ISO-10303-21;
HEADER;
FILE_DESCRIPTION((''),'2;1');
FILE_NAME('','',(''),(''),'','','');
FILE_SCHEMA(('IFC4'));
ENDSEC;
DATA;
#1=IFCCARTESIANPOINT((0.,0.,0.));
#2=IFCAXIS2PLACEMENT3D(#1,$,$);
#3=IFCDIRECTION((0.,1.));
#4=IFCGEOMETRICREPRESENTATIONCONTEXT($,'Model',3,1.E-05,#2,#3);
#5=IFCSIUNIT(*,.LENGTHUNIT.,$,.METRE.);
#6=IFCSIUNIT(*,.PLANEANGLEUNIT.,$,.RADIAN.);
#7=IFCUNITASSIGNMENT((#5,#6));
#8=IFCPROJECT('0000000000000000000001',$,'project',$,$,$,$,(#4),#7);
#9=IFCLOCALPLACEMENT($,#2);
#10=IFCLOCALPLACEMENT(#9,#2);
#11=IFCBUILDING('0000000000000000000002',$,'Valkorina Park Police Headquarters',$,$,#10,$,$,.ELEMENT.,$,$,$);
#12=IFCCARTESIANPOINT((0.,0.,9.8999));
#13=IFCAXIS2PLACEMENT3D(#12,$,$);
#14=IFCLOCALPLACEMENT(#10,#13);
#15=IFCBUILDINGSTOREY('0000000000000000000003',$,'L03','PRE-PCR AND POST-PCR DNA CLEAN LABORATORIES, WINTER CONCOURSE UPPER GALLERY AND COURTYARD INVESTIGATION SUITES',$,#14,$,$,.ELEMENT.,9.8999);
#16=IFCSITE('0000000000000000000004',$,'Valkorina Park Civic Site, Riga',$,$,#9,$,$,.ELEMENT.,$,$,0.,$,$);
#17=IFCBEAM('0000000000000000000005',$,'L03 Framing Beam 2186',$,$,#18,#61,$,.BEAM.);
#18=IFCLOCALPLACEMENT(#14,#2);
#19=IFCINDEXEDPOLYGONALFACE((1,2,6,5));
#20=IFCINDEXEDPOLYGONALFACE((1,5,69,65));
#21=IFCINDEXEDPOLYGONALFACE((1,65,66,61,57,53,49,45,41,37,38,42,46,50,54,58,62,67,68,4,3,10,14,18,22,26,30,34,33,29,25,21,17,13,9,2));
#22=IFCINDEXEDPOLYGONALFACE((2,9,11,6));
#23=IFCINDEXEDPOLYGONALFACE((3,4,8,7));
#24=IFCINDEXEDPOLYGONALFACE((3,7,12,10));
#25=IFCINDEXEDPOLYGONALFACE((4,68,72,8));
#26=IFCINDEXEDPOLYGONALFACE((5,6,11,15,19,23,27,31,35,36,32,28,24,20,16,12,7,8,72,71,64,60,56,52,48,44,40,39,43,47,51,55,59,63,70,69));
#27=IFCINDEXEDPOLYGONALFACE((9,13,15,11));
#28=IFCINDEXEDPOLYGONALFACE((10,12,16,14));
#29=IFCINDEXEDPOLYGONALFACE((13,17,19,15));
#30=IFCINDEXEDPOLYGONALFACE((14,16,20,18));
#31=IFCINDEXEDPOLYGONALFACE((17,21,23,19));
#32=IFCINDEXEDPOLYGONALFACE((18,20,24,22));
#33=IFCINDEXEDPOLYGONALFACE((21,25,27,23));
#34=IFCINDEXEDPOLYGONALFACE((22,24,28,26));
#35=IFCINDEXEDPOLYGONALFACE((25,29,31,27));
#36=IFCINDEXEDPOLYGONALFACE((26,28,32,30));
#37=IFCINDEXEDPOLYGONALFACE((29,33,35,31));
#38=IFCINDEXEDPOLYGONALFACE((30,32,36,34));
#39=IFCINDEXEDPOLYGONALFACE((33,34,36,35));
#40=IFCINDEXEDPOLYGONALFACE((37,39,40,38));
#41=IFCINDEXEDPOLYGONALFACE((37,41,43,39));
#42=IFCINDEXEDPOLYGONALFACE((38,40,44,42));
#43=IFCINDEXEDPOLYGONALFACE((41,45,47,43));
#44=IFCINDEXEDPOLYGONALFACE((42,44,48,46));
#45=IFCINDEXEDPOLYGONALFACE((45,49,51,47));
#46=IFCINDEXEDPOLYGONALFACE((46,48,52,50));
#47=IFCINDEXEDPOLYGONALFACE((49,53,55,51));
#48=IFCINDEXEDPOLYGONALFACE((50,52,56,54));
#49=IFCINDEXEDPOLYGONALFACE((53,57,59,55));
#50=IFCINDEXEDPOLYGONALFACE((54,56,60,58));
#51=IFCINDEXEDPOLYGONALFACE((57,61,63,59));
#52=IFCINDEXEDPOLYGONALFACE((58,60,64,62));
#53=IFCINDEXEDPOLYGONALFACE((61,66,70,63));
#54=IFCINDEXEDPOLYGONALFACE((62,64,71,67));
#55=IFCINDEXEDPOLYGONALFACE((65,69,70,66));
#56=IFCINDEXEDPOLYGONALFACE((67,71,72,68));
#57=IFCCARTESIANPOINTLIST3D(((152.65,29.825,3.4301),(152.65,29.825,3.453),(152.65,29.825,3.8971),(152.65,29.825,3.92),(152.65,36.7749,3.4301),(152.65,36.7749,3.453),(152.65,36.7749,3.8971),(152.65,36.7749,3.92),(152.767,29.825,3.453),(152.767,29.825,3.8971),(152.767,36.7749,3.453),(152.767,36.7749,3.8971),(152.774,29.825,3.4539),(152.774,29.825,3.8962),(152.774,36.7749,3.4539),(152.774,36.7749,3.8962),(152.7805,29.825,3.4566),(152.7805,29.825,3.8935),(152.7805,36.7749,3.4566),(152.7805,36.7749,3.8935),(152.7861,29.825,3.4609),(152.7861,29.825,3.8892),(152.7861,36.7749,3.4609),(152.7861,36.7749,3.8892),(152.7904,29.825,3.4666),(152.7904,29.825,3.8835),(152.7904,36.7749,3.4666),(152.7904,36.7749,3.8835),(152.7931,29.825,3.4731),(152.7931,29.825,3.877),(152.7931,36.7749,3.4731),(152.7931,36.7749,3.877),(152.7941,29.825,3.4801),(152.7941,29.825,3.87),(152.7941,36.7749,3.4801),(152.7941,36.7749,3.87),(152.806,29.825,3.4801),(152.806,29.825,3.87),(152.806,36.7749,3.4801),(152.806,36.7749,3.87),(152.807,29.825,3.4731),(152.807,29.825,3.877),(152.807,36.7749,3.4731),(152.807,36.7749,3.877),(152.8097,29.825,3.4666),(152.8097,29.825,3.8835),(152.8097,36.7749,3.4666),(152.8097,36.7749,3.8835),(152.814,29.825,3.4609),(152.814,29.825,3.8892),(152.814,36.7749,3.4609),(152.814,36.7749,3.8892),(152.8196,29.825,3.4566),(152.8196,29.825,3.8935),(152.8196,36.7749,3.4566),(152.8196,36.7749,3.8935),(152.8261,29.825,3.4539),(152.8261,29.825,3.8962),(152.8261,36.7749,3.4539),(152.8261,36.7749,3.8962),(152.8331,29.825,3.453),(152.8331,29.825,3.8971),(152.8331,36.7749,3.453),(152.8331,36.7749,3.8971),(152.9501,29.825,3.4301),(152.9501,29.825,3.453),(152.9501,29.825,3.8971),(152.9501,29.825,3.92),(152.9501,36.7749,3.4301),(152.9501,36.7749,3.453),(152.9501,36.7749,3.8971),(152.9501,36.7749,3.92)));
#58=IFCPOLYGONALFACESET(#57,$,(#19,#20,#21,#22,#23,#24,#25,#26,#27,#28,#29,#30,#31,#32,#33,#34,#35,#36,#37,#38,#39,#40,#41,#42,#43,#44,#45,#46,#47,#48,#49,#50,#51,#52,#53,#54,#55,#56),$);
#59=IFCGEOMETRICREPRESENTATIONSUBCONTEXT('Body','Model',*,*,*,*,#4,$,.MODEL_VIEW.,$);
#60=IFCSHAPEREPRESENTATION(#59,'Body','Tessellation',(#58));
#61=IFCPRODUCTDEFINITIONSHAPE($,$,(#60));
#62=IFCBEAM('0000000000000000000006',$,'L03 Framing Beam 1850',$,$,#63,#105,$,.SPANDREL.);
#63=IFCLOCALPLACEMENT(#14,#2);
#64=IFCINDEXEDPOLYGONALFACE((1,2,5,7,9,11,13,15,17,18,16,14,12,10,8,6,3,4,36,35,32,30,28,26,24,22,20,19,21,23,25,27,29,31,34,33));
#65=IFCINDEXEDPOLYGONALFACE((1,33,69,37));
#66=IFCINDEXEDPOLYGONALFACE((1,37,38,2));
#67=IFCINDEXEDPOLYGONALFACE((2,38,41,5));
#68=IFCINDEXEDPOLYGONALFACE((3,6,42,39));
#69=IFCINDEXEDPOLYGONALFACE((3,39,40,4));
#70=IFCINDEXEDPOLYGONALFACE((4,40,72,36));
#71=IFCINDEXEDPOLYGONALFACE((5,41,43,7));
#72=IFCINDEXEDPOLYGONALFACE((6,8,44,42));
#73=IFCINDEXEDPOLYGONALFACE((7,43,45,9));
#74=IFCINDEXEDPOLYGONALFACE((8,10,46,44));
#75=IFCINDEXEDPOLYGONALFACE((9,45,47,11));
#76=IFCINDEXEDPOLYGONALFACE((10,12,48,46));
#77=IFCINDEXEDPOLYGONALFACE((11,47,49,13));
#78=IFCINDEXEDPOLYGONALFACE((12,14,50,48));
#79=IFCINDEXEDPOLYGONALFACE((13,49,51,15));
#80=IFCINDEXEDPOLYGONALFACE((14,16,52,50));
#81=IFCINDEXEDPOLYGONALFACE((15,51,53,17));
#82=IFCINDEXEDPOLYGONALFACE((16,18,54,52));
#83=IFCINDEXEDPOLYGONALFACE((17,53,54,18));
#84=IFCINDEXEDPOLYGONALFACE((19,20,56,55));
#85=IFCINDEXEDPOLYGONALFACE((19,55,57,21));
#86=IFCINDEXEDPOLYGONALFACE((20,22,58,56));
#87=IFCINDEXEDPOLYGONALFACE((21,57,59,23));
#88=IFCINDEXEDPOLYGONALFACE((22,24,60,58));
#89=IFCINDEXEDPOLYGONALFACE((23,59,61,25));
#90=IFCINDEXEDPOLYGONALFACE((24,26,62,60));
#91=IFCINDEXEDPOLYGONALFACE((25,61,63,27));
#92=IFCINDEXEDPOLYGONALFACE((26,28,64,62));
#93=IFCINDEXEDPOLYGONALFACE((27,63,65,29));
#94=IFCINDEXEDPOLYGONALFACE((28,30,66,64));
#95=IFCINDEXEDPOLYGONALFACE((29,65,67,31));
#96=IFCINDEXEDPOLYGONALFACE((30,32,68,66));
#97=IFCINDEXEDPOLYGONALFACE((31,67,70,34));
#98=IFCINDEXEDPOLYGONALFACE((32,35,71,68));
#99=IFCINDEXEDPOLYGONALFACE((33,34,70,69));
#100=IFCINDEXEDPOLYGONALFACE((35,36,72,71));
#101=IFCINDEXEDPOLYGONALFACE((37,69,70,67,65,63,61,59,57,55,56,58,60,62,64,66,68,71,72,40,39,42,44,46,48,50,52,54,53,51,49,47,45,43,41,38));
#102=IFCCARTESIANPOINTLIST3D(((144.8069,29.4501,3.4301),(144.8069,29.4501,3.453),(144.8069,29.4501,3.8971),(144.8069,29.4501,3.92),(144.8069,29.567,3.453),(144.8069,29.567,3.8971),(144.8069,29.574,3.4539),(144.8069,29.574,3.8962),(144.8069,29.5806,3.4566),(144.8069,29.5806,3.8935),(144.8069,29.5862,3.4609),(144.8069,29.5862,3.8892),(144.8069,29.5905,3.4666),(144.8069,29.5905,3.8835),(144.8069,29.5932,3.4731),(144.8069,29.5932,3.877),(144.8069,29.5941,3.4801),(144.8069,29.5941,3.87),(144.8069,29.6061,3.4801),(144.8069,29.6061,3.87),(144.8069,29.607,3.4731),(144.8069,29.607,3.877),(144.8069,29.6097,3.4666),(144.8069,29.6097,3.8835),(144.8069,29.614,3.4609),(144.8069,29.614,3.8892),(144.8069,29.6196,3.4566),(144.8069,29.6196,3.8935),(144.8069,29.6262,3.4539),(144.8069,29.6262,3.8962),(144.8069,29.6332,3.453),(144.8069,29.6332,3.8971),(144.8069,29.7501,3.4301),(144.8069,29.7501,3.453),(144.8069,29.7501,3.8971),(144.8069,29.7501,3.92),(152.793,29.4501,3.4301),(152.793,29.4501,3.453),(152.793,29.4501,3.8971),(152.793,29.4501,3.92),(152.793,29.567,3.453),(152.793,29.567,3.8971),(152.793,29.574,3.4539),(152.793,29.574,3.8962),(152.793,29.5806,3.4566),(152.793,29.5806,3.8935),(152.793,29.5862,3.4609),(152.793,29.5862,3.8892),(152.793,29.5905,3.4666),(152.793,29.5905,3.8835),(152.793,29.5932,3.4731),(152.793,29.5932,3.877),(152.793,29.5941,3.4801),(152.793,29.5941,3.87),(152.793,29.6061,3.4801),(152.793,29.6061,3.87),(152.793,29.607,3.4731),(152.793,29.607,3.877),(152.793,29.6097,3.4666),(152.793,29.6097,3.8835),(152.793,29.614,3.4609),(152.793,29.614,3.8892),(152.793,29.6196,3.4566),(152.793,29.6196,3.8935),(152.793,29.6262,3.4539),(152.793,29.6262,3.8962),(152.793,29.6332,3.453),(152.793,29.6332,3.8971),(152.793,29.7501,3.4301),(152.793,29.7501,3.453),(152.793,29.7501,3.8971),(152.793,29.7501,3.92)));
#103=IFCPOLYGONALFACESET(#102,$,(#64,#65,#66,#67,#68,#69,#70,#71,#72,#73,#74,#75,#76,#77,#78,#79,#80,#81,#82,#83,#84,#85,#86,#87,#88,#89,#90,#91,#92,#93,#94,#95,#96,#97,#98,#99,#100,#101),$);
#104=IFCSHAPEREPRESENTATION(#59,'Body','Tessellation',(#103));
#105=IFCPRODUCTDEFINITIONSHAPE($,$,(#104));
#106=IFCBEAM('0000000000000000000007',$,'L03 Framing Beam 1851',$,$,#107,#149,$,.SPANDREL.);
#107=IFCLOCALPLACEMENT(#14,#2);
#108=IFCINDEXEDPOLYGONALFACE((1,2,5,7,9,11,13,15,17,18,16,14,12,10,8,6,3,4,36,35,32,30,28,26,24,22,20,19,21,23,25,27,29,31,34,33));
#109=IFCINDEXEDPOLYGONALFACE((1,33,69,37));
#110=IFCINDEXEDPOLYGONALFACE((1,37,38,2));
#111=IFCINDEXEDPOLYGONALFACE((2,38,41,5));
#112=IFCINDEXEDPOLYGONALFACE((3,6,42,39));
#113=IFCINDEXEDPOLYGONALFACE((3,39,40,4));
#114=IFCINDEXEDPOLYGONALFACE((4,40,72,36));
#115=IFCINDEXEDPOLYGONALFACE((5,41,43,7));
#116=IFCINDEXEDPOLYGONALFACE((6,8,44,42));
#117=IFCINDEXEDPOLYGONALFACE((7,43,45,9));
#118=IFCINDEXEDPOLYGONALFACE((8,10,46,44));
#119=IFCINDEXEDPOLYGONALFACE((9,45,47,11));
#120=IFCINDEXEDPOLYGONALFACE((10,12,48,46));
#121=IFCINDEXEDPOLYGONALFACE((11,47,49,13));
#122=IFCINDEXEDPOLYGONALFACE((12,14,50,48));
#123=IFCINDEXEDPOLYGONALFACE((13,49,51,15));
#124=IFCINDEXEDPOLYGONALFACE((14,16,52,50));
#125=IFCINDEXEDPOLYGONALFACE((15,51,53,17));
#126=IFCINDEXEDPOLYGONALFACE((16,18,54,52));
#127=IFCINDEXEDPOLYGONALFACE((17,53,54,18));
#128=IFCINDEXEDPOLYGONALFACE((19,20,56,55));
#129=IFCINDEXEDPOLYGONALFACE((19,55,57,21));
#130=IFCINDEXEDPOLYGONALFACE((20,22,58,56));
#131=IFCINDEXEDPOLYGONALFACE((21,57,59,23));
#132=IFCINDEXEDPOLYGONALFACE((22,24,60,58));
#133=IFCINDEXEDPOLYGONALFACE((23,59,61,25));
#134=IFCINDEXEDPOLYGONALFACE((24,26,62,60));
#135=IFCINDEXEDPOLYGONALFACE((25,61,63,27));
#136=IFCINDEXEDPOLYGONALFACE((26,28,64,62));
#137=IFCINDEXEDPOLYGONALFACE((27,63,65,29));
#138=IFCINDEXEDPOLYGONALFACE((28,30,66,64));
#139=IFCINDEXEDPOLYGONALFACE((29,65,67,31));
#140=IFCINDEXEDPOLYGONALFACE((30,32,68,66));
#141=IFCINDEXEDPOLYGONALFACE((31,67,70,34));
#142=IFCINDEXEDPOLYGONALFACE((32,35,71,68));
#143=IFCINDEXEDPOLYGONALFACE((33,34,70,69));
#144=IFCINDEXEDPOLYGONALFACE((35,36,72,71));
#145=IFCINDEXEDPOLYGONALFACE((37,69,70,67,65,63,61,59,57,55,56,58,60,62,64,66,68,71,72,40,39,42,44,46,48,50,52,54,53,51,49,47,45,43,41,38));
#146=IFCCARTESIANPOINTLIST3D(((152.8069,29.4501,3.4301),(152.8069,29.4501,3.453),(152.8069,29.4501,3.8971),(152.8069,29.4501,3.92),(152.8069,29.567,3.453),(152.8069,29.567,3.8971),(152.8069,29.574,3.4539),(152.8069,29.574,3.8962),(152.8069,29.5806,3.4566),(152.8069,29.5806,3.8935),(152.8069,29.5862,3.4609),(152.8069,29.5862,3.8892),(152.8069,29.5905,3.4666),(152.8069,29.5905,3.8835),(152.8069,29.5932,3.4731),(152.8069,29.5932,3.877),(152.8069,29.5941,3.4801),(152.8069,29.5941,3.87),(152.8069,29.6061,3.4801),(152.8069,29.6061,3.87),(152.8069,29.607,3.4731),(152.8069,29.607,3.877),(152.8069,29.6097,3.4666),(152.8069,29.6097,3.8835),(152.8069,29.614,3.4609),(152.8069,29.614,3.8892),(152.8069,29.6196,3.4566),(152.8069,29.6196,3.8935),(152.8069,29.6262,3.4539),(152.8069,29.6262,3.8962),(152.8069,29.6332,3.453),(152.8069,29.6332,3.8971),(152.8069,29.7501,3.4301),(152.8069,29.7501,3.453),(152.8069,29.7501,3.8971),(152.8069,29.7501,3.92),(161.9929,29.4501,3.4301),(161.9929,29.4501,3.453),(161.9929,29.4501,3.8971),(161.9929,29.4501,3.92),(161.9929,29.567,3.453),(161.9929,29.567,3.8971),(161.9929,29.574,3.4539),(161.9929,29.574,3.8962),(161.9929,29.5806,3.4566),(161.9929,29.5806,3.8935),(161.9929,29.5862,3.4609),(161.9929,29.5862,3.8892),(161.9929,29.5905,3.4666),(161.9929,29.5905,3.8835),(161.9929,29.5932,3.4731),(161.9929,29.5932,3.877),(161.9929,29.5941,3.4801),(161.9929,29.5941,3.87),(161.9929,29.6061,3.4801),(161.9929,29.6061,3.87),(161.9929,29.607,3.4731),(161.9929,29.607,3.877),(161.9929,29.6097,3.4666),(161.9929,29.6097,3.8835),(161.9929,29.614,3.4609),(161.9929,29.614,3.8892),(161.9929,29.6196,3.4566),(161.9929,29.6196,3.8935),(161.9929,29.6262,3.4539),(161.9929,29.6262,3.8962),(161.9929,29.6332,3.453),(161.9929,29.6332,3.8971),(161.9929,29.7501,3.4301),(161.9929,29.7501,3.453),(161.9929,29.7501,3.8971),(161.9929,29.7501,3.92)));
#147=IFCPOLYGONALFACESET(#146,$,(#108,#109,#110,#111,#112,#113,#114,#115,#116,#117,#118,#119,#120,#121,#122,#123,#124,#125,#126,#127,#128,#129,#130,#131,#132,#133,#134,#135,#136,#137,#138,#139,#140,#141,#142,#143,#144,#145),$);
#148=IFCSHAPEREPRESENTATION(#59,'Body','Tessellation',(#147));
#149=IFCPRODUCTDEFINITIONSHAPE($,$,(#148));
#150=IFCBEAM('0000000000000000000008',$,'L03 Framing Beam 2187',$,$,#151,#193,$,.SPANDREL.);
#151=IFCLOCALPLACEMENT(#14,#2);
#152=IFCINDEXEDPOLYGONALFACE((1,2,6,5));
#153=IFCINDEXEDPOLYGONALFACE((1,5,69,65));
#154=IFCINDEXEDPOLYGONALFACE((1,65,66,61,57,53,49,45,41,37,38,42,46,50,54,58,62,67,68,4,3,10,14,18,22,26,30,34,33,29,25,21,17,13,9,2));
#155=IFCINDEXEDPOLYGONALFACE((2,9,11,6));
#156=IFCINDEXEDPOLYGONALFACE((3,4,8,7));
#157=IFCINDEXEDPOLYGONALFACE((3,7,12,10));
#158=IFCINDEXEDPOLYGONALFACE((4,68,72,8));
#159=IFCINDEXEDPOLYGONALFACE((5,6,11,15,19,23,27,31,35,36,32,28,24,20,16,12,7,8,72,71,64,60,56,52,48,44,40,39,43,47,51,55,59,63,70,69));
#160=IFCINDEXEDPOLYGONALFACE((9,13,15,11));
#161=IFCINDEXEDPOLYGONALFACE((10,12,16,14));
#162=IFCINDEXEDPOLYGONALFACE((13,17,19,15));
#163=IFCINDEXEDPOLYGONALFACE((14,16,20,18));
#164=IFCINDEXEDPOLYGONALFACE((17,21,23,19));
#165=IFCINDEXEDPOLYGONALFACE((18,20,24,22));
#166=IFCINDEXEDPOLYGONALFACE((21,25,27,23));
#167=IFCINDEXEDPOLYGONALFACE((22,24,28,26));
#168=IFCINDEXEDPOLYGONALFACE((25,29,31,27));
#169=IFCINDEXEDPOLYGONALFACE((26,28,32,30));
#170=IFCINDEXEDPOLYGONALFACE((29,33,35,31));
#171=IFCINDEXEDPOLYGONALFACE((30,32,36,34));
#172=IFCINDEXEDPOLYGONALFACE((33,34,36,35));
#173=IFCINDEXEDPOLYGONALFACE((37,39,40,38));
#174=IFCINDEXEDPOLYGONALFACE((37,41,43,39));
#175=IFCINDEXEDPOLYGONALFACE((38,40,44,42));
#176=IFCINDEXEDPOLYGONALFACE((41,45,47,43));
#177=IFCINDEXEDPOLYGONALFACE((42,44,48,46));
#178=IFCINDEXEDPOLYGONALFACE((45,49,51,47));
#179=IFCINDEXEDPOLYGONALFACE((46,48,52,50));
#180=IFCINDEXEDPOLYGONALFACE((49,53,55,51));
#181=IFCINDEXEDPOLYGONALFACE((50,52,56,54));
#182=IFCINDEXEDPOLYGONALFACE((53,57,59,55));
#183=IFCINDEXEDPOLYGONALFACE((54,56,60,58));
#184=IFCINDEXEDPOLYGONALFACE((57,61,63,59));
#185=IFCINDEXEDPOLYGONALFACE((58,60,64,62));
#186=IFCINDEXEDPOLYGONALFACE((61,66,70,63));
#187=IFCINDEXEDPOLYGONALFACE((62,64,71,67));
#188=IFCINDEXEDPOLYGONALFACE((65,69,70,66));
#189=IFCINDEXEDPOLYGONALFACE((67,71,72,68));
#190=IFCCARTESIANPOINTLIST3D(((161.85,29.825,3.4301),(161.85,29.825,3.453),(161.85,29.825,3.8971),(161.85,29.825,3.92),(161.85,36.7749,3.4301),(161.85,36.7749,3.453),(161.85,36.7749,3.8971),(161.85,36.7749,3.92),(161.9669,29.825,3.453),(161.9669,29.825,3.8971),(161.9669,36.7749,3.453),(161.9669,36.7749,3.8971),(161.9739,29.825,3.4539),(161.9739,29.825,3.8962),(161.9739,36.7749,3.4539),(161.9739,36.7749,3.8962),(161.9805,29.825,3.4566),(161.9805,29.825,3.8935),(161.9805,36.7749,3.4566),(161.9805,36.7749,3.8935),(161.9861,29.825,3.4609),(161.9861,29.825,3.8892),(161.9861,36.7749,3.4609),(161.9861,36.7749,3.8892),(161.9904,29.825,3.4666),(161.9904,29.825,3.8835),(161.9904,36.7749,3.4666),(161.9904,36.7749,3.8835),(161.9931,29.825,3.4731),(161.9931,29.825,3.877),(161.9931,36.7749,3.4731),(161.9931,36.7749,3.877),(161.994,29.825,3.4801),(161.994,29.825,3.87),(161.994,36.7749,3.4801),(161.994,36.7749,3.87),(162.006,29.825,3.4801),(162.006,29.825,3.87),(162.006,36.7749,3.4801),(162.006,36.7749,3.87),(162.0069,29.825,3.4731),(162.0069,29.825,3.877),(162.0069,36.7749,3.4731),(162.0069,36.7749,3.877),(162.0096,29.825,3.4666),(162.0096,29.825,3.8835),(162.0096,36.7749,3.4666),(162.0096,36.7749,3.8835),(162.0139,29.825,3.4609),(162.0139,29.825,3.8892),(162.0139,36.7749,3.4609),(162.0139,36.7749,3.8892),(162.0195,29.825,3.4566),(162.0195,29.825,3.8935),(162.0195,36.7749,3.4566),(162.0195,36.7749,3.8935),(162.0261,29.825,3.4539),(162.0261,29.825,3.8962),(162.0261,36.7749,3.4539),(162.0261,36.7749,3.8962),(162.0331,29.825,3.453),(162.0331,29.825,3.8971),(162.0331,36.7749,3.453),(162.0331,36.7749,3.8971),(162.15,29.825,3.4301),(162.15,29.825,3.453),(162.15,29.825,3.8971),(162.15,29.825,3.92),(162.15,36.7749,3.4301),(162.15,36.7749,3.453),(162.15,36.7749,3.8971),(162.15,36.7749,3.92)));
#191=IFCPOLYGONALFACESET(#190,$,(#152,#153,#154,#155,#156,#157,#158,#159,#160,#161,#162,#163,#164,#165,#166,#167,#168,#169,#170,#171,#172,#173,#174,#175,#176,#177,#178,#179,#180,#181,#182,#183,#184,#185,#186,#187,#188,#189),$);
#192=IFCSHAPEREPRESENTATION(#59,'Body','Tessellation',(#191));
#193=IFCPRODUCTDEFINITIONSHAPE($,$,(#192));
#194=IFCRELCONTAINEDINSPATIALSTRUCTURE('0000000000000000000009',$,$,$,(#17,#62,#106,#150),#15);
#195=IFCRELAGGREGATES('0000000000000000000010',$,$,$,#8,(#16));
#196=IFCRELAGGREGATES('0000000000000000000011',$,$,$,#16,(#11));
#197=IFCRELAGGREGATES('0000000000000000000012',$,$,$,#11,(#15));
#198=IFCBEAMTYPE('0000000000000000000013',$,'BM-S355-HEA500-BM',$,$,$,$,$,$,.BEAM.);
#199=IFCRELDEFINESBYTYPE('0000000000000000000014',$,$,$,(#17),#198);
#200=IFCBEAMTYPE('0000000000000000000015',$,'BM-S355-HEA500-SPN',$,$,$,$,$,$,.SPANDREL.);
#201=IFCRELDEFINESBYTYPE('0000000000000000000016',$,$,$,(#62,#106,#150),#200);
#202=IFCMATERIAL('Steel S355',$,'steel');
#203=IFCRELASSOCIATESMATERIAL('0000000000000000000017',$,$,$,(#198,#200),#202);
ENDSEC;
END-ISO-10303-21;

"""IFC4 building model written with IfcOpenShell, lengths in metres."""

from ifc_helpers import new_model, si_unit, direction, frame, origin, origin_2d, place, context, subcontext, project, spatial, i_section, extrude, material, material_profile, profile_set, type_object, element, save


model = new_model("IFC4")

# Units and contexts
model_context = context("Model", 3, precision=1e-05, world=origin(), true_north=direction((0.0, 1.0)))
body_context = subcontext(model_context, "Body", "Model", "MODEL_VIEW")
ifc_project = project(units=[si_unit("LENGTHUNIT", "METRE"), si_unit("PLANEANGLEUNIT", "RADIAN")], contexts=[model_context])

# Site, building, storey
site_placement = place(None, origin())
site = spatial("IfcSite", under=ifc_project, at=site_placement, Name="Valkorina Park Civic Site, Riga", CompositionType="ELEMENT", RefElevation=0.0)
building_placement = place(site_placement, origin())
building = spatial("IfcBuilding", under=site, at=building_placement, Name="Valkorina Park Police Headquarters", CompositionType="ELEMENT")
storey_placement = place(building_placement, frame((0.0, 0.0, 9.8999)))
storey = spatial("IfcBuildingStorey", under=building, at=storey_placement, Name="L03", Description="PRE-PCR AND POST-PCR DNA CLEAN LABORATORIES, WINTER CONCOURSE UPPER GALLERY AND COURTYARD INVESTIGATION SUITES", CompositionType="ELEMENT", Elevation=9.8999)

# Shared definitions
ifc_material_1 = material(Name="Steel S355", Category="steel")

# Beams
ifc_material_profile_1 = material_profile(ifc_material_1, i_section(OverallWidth=0.3, OverallDepth=0.49, WebThickness=0.012, FlangeThickness=0.0229, FilletRadius=0.0271, at=origin_2d()), Name="HEA 500")
ifc_profile_set_1 = profile_set([ifc_material_profile_1], Name="Steel S355")
beam_type_1 = type_object("IfcBeamType", Name="BM-S355-HEA500-BM", PredefinedType="BEAM", material=ifc_profile_set_1)
for number, where, z_axis, x_axis, name in (
    (1, (152.8, 29.825, 3.675), (0.0, 1.0, 0.0), (-1.0, 0.0, 0.0), "L03 Framing Beam 2186"),
):
    element("IfcBeam", number, at=place(storey_placement, frame(where, z_axis=z_axis, x_axis=x_axis)), inside=storey, type_object=beam_type_1, Name=name, PredefinedType="BEAM", context=body_context, shape_type="SweptSolid", body=[
        extrude(i_section(OverallWidth=0.3, OverallDepth=0.49, WebThickness=0.012, FlangeThickness=0.0229, FilletRadius=0.0271, at=origin_2d()), origin(), (0.0, 0.0, 1.0), 6.95),
    ])
ifc_material_profile_2 = material_profile(ifc_material_1, i_section(OverallWidth=0.3, OverallDepth=0.49, WebThickness=0.012, FlangeThickness=0.0229, FilletRadius=0.0271, at=origin_2d()), Name="HEA 500")
ifc_profile_set_2 = profile_set([ifc_material_profile_2], Name="Steel S355")
beam_type_2 = type_object("IfcBeamType", Name="BM-S355-HEA500-SPN", PredefinedType="SPANDREL", material=ifc_profile_set_2)
beam_1_placement = place(storey_placement, frame((144.8069, 29.6001, 3.675), z_axis=(1.0, 0.0, 0.0), x_axis=(0.0, 1.0, 0.0)))
element("IfcBeam", 2, at=beam_1_placement, inside=storey, type_object=beam_type_2, Name="L03 Framing Beam 1850", PredefinedType="SPANDREL", context=body_context, shape_type="SweptSolid", body=[
    extrude(i_section(OverallWidth=0.3, OverallDepth=0.49, WebThickness=0.012, FlangeThickness=0.0229, FilletRadius=0.0271, at=origin_2d()), origin(), (0.0, 0.0, 1.0), 7.9861),
])
beam_2_placement = place(storey_placement, frame((152.8069, 29.6001, 3.675), z_axis=(1.0, 0.0, 0.0), x_axis=(0.0, 1.0, 0.0)))
element("IfcBeam", 3, at=beam_2_placement, inside=storey, type_object=beam_type_2, Name="L03 Framing Beam 1851", PredefinedType="SPANDREL", context=body_context, shape_type="SweptSolid", body=[
    extrude(i_section(OverallWidth=0.3, OverallDepth=0.49, WebThickness=0.012, FlangeThickness=0.0229, FilletRadius=0.0271, at=origin_2d()), origin(), (0.0, 0.0, 1.0), 9.186),
])
beam_3_placement = place(storey_placement, frame((162.0, 29.825, 3.675), z_axis=(0.0, 1.0, 0.0), x_axis=(-1.0, 0.0, 0.0)))
element("IfcBeam", 4, at=beam_3_placement, inside=storey, type_object=beam_type_2, Name="L03 Framing Beam 2187", PredefinedType="SPANDREL", context=body_context, shape_type="SweptSolid", body=[
    extrude(i_section(OverallWidth=0.3, OverallDepth=0.49, WebThickness=0.012, FlangeThickness=0.0229, FilletRadius=0.0271, at=origin_2d()), origin(), (0.0, 0.0, 1.0), 6.95),
])

save(model, "model.ifc")
